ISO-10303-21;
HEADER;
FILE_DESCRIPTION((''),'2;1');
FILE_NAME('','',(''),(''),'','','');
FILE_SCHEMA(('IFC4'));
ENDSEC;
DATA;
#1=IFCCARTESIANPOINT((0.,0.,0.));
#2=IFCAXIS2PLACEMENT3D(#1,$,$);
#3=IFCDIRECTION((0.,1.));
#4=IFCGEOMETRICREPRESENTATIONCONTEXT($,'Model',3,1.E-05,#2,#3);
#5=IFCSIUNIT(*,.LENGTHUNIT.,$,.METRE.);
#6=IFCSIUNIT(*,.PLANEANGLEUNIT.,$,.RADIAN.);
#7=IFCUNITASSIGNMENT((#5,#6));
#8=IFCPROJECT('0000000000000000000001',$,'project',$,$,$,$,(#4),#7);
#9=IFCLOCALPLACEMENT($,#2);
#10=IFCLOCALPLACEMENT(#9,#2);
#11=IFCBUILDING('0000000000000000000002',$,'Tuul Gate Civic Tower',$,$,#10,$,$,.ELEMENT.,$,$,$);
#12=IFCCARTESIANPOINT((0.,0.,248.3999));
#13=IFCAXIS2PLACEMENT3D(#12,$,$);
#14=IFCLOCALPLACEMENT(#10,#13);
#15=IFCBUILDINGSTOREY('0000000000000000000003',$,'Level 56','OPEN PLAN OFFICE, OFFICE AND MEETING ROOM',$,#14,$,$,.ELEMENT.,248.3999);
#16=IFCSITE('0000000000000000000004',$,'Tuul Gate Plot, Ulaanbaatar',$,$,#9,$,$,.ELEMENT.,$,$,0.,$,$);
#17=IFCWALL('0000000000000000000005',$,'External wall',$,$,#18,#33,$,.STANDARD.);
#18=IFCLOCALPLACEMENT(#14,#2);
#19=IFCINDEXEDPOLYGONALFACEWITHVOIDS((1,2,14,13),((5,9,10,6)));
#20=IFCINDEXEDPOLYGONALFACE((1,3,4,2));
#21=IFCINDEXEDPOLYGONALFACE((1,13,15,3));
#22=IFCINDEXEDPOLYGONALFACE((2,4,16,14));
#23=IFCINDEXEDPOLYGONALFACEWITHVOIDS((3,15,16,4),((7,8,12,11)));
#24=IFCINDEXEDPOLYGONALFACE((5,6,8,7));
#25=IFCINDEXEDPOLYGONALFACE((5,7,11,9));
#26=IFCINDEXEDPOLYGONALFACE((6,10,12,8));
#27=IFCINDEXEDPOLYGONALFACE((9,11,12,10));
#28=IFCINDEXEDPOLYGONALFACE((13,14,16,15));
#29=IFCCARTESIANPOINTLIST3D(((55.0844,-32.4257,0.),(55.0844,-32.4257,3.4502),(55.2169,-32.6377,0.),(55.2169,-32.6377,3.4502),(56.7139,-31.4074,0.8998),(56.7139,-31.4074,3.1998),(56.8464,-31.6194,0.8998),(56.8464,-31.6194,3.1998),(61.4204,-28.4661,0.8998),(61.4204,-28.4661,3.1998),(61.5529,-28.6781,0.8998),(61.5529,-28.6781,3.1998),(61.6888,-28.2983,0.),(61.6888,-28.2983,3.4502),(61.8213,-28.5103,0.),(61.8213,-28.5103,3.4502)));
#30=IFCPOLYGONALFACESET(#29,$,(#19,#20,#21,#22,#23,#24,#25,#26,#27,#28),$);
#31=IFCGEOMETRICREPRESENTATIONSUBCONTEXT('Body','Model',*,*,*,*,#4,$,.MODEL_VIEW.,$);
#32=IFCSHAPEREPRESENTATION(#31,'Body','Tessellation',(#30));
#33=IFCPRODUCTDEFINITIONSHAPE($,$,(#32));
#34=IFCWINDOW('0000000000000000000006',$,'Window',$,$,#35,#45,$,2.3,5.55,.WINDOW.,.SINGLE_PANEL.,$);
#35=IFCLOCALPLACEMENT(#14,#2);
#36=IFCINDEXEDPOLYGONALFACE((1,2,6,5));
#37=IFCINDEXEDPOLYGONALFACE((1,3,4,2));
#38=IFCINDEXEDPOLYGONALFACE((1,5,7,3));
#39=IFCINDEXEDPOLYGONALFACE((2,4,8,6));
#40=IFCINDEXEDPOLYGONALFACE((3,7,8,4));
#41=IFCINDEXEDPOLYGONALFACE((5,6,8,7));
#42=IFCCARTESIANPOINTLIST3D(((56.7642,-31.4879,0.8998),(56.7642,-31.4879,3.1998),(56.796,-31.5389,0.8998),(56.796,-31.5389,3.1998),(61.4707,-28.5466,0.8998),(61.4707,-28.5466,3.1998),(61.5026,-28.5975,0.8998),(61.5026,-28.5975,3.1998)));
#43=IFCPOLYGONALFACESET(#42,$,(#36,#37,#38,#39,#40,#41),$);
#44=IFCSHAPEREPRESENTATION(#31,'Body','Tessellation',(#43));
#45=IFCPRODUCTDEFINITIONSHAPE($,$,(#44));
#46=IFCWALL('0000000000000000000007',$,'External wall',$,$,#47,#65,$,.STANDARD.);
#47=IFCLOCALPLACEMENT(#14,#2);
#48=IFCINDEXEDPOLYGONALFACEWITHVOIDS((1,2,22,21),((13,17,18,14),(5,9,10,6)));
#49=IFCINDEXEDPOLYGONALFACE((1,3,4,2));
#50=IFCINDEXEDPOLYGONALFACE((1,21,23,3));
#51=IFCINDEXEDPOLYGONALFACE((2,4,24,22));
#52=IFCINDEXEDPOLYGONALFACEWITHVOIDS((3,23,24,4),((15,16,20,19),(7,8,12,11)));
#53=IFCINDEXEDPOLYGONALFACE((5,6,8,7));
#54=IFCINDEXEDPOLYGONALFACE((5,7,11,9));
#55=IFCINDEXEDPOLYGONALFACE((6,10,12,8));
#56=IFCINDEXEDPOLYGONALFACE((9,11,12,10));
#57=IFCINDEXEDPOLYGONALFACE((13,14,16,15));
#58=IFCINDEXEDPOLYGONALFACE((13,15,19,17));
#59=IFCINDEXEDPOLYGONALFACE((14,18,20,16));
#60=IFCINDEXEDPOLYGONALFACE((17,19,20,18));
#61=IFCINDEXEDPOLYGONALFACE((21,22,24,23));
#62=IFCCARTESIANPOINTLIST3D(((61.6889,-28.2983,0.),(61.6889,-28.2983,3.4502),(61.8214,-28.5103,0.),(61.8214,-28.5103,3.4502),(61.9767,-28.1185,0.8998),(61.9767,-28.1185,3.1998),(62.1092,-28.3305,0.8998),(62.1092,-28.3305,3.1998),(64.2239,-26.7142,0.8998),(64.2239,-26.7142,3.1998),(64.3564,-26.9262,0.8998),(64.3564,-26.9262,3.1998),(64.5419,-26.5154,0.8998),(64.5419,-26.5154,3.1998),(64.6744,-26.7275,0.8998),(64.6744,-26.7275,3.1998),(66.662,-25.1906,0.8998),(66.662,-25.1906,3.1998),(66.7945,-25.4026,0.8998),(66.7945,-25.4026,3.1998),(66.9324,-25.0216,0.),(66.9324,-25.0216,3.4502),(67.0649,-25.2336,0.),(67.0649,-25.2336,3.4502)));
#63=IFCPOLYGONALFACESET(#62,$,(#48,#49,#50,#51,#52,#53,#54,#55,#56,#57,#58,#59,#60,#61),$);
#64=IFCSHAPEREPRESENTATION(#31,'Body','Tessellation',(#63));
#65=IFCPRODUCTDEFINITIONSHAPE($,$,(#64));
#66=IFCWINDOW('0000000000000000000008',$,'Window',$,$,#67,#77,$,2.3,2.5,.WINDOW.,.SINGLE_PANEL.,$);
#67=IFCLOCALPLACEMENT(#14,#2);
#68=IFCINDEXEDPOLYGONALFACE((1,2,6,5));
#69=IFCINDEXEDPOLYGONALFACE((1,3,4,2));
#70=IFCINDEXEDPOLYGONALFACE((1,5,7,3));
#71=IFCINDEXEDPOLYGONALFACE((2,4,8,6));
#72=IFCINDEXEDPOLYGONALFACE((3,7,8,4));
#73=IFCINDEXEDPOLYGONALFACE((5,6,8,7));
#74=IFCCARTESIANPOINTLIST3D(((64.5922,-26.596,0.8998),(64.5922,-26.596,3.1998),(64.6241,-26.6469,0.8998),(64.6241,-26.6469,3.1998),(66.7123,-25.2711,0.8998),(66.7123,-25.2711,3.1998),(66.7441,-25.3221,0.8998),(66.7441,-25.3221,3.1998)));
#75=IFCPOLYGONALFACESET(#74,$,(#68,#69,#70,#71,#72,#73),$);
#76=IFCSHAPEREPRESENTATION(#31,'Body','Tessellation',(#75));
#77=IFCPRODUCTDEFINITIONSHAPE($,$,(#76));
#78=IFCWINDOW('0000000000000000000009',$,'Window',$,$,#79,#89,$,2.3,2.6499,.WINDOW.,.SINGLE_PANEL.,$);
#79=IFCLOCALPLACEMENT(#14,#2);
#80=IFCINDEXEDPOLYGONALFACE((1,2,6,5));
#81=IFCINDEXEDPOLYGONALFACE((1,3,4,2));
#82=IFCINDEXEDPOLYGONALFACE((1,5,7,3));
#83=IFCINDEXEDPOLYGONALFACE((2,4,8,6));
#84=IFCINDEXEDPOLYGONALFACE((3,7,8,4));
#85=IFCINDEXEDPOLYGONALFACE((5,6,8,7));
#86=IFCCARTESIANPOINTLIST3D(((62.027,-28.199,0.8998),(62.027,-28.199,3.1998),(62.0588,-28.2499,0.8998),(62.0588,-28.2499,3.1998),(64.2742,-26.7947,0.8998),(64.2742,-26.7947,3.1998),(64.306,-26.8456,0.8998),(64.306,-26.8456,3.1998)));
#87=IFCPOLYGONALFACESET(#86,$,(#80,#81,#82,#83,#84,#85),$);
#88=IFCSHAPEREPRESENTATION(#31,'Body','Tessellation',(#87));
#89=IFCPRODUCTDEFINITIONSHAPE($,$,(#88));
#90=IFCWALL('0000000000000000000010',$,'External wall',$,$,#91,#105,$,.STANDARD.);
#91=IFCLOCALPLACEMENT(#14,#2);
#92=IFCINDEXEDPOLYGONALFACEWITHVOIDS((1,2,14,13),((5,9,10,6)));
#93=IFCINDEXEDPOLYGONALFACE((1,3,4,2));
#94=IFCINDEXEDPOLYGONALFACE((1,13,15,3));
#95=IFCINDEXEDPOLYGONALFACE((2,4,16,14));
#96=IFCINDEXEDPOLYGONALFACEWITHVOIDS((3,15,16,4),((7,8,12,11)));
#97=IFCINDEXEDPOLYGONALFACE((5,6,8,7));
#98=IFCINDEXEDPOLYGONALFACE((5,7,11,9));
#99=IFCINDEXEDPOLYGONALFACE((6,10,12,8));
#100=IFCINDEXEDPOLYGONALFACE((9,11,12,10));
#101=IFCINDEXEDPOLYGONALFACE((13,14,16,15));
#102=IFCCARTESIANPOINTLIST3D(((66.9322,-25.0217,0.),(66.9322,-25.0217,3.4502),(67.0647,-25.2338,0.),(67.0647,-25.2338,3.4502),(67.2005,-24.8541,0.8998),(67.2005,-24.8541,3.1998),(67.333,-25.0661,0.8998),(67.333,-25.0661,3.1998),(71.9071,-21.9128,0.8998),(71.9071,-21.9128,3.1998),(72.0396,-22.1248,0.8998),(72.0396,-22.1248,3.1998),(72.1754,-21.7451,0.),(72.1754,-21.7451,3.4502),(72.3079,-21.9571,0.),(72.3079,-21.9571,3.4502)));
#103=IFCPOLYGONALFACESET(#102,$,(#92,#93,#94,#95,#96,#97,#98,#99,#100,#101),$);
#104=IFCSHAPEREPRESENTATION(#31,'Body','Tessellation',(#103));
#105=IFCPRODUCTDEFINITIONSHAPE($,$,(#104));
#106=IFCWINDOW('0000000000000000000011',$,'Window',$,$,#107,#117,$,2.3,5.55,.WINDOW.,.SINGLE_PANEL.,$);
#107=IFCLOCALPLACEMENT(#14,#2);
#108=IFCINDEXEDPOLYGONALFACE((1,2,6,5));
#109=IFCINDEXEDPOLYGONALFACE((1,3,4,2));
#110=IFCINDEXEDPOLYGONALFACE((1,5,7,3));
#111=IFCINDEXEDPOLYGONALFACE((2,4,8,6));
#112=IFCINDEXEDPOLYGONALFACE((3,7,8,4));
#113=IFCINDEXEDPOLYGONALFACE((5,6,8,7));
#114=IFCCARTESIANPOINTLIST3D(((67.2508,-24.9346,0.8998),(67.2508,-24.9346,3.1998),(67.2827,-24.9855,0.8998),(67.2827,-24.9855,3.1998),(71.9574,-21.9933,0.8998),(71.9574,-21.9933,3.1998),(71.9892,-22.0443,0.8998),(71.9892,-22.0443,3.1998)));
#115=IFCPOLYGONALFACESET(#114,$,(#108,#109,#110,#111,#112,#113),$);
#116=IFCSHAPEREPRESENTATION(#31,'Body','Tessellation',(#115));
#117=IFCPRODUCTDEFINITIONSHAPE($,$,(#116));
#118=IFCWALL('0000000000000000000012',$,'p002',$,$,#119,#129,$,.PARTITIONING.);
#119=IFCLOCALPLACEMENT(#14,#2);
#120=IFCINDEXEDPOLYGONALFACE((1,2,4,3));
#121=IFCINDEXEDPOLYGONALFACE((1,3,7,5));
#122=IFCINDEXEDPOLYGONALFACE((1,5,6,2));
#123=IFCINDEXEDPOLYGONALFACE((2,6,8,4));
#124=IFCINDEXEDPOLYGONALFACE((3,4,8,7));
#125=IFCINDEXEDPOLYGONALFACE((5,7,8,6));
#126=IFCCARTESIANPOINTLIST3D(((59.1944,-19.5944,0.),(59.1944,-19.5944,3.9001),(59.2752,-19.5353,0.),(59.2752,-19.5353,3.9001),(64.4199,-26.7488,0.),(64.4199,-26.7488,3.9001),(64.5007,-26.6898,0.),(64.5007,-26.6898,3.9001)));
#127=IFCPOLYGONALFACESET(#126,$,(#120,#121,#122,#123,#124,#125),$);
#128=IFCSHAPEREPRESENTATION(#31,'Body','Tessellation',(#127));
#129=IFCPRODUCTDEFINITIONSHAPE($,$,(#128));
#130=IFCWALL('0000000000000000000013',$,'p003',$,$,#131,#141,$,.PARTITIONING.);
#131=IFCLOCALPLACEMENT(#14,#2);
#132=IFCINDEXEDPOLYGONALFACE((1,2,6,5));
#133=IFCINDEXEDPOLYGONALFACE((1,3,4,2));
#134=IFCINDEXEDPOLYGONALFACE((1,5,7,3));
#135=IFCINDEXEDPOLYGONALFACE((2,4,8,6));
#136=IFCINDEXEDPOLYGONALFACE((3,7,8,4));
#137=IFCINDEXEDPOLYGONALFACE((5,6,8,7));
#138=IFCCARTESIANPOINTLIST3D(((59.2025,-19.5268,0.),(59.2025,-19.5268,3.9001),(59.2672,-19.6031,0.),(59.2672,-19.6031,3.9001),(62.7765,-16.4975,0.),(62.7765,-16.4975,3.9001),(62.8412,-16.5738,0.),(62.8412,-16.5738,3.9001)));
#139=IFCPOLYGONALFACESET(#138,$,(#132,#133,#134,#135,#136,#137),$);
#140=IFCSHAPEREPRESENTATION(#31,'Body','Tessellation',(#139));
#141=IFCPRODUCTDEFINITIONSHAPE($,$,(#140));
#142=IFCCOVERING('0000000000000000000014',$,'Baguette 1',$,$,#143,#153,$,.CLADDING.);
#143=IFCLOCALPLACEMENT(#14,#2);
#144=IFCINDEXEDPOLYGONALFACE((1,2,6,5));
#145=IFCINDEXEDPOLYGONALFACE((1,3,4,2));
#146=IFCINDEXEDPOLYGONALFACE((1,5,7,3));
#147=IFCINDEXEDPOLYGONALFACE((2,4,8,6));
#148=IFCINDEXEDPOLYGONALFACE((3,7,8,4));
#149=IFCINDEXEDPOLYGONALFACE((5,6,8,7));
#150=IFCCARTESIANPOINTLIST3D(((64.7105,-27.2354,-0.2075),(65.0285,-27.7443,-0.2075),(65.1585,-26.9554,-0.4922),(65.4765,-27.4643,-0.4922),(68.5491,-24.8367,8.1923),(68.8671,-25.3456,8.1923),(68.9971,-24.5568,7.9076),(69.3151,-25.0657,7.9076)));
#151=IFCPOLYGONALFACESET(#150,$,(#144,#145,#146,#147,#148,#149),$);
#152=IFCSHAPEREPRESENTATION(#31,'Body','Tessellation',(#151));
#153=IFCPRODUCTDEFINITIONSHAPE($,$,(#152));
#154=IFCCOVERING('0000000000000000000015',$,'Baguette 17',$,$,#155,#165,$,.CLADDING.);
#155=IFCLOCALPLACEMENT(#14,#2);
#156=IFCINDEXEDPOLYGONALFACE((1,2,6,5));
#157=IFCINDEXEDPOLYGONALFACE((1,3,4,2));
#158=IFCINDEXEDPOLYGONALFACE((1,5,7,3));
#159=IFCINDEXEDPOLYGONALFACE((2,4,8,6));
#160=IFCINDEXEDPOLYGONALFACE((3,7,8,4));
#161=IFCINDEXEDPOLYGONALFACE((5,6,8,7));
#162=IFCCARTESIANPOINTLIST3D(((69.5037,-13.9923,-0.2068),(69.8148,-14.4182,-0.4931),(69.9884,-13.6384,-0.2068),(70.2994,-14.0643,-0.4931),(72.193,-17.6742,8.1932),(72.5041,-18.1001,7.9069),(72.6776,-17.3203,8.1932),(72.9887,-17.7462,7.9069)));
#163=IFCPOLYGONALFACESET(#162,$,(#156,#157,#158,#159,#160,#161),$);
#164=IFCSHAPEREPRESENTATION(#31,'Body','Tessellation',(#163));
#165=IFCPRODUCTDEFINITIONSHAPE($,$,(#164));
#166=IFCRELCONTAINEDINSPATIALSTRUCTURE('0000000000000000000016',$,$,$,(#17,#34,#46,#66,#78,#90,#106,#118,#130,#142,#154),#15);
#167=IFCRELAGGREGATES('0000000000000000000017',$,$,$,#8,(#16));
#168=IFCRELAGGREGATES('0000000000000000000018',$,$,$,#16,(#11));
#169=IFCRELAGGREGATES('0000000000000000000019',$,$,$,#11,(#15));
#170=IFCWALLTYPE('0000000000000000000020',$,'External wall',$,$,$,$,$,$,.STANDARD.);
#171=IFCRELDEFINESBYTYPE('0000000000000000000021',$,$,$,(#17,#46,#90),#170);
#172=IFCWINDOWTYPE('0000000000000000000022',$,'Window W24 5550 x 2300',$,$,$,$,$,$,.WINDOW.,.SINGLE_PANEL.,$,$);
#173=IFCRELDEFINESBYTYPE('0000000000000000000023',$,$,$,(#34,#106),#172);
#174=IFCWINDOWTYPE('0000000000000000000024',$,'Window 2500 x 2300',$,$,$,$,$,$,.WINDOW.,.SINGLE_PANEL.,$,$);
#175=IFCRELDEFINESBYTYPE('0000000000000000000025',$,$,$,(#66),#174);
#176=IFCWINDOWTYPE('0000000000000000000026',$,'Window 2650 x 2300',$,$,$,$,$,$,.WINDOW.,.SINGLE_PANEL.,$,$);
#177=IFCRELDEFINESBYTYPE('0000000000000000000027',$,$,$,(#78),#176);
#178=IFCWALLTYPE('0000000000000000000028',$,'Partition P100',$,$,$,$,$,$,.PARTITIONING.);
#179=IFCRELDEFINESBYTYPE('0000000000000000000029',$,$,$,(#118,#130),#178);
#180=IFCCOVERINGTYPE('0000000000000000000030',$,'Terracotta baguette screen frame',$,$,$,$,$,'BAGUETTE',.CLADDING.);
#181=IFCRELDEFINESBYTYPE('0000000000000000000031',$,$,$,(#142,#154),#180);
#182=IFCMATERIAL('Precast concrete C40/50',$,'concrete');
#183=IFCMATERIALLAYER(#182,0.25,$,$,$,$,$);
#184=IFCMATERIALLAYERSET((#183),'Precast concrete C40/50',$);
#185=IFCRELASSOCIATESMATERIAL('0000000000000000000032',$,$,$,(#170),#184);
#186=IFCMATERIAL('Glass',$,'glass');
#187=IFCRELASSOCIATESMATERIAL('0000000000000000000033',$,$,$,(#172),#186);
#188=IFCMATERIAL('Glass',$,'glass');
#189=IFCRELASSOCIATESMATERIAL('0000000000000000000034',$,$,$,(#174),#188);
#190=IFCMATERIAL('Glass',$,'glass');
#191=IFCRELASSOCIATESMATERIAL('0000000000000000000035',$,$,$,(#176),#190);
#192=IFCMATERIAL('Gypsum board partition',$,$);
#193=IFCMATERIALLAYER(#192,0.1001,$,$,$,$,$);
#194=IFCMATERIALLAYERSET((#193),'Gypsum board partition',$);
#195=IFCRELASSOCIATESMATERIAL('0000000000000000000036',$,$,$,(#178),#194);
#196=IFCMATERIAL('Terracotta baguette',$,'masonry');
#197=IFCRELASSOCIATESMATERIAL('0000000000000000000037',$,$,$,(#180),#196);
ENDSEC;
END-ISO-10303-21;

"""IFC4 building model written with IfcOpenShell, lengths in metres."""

from ifc_helpers import new_model, si_unit, direction, frame, frame_2d, origin, origin_2d, place, context, subcontext, project, spatial, rectangle, extrude, material, layer, layer_set, material_profile, profile_set, type_object, element, fill, save


model = new_model("IFC4")

# Units and contexts
model_context = context("Model", 3, precision=1e-05, world=origin(), true_north=direction((0.0, 1.0)))
body_context = subcontext(model_context, "Body", "Model", "MODEL_VIEW")
ifc_project = project(units=[si_unit("LENGTHUNIT", "METRE"), si_unit("PLANEANGLEUNIT", "RADIAN")], contexts=[model_context])

# Site, building, storey
site_placement = place(None, origin())
site = spatial("IfcSite", under=ifc_project, at=site_placement, Name="Tuul Gate Plot, Ulaanbaatar", CompositionType="ELEMENT", RefElevation=0.0)
building_placement = place(site_placement, origin())
building = spatial("IfcBuilding", under=site, at=building_placement, Name="Tuul Gate Civic Tower", CompositionType="ELEMENT")
storey_placement = place(building_placement, frame((0.0, 0.0, 248.3999)))
storey = spatial("IfcBuildingStorey", under=building, at=storey_placement, Name="Level 56", Description="OPEN PLAN OFFICE, OFFICE AND MEETING ROOM", CompositionType="ELEMENT", Elevation=248.3999)

# Shared definitions
ifc_material_1 = material(Name="Precast concrete C40/50", Category="concrete")
ifc_layer_1 = layer(ifc_material_1, 0.25)
ifc_layer_set_1 = layer_set([ifc_layer_1], Name="Precast concrete C40/50")
wall_type_1 = type_object("IfcWallType", Name="External wall", PredefinedType="STANDARD", material=ifc_layer_set_1)

# Wall, opening, window
wall_1_placement = place(storey_placement, frame((55.1506, -32.5317, 0.0), z_axis=(0.0, 0.0, 1.0), x_axis=(0.848019, 0.529965, 0.0)))
wall_1 = element("IfcWall", 1, at=wall_1_placement, inside=storey, type_object=wall_type_1, Name="External wall", PredefinedType="STANDARD", context=body_context, shape_type="SweptSolid", body=[
    extrude(rectangle(XDim=7.7881, YDim=0.25, at=frame_2d((3.894, 0.0))), origin(), (0.0, 0.0, 1.0), 3.4502),
])
opening_1_placement = place(wall_1_placement, frame((1.9216, 0.0, 0.8999)))
opening_1 = element("IfcOpeningElement", 2, at=opening_1_placement, cuts=wall_1, PredefinedType="OPENING", context=body_context, shape_type="SweptSolid", body=[
    extrude(rectangle(XDim=5.55, YDim=2.3, at=frame_2d((2.7749, 1.1499))), frame((0.0, 0.135, 0.0), z_axis=(0.0, -1.0, 0.0), x_axis=(1.0, 0.0, 0.0)), (0.0, 0.0, 1.0), 0.27),
])
ifc_material_2 = material(Name="Glass", Category="glass")
window_type_1 = type_object("IfcWindowType", Name="Window W24 5550 x 2300", PartitioningType="SINGLE_PANEL", PredefinedType="WINDOW", material=ifc_material_2)
window_1_placement = place(opening_1_placement, origin())
window_1 = element("IfcWindow", 3, at=window_1_placement, inside=storey, type_object=window_type_1, Name="Window", OverallHeight=2.3, OverallWidth=5.55, PartitioningType="SINGLE_PANEL", PredefinedType="WINDOW", context=body_context, shape_type="SweptSolid", body=[
    extrude(rectangle(XDim=5.55, YDim=2.3, at=frame_2d((2.7749, 1.1499))), frame((0.0, 0.03, 0.0), z_axis=(0.0, -1.0, 0.0), x_axis=(1.0, 0.0, 0.0)), (0.0, 0.0, 1.0), 0.0601),
])
fill(opening_1, window_1)

# Wall, openings, windows
wall_2_placement = place(storey_placement, frame((61.7551, -28.4043, 0.0), z_axis=(0.0, 0.0, 1.0), x_axis=(0.848036, 0.529939, 0.0)))
wall_2 = element("IfcWall", 4, at=wall_2_placement, inside=storey, type_object=wall_type_1, Name="External wall", PredefinedType="STANDARD", context=body_context, shape_type="SweptSolid", body=[
    extrude(rectangle(XDim=6.1831, YDim=0.25, at=frame_2d((3.0916, 0.0))), origin(), (0.0, 0.0, 1.0), 3.4502),
])
opening_2_placement = place(wall_2_placement, frame((0.3394, 0.0, 0.8999)))
opening_2 = element("IfcOpeningElement", 5, at=opening_2_placement, cuts=wall_2, PredefinedType="OPENING", context=body_context, shape_type="SweptSolid", body=[
    extrude(rectangle(XDim=2.6499, YDim=2.3, at=frame_2d((1.325, 1.1499))), frame((0.0, 0.135, 0.0), z_axis=(0.0, -1.0, 0.0), x_axis=(1.0, 0.0, 0.0)), (0.0, 0.0, 1.0), 0.27),
])
opening_3_placement = place(wall_2_placement, frame((3.3643, 0.0, 0.8999)))
opening_3 = element("IfcOpeningElement", 6, at=opening_3_placement, cuts=wall_2, PredefinedType="OPENING", context=body_context, shape_type="SweptSolid", body=[
    extrude(rectangle(XDim=2.5, YDim=2.3, at=frame_2d((1.25, 1.1499))), frame((0.0, 0.135, 0.0), z_axis=(0.0, -1.0, 0.0), x_axis=(1.0, 0.0, 0.0)), (0.0, 0.0, 1.0), 0.27),
])
ifc_material_3 = material(Name="Glass", Category="glass")
window_type_2 = type_object("IfcWindowType", Name="Window 2500 x 2300", PartitioningType="SINGLE_PANEL", PredefinedType="WINDOW", material=ifc_material_3)
window_2_placement = place(opening_3_placement, origin())
window_2 = element("IfcWindow", 7, at=window_2_placement, inside=storey, type_object=window_type_2, Name="Window", OverallHeight=2.3, OverallWidth=2.5, PartitioningType="SINGLE_PANEL", PredefinedType="WINDOW", context=body_context, shape_type="SweptSolid", body=[
    extrude(rectangle(XDim=2.5, YDim=2.3, at=frame_2d((1.25, 1.1499))), frame((0.0, 0.03, 0.0), z_axis=(0.0, -1.0, 0.0), x_axis=(1.0, 0.0, 0.0)), (0.0, 0.0, 1.0), 0.0601),
])
fill(opening_3, window_2)
ifc_material_4 = material(Name="Glass", Category="glass")
window_type_3 = type_object("IfcWindowType", Name="Window 2650 x 2300", PartitioningType="SINGLE_PANEL", PredefinedType="WINDOW", material=ifc_material_4)
window_3_placement = place(opening_2_placement, origin())
window_3 = element("IfcWindow", 8, at=window_3_placement, inside=storey, type_object=window_type_3, Name="Window", OverallHeight=2.3, OverallWidth=2.6499, PartitioningType="SINGLE_PANEL", PredefinedType="WINDOW", context=body_context, shape_type="SweptSolid", body=[
    extrude(rectangle(XDim=2.6499, YDim=2.3, at=frame_2d((1.325, 1.1499))), frame((0.0, 0.03, 0.0), z_axis=(0.0, -1.0, 0.0), x_axis=(1.0, 0.0, 0.0)), (0.0, 0.0, 1.0), 0.0601),
])
fill(opening_2, window_3)

# Wall, opening, window
wall_3_placement = place(storey_placement, frame((66.9985, -25.1277, 0.0), z_axis=(0.0, 0.0, 1.0), x_axis=(0.848025, 0.529956, 0.0)))
wall_3 = element("IfcWall", 9, at=wall_3_placement, inside=storey, type_object=wall_type_1, Name="External wall", PredefinedType="STANDARD", context=body_context, shape_type="SweptSolid", body=[
    extrude(rectangle(XDim=6.1829, YDim=0.25, at=frame_2d((3.0913, 0.0))), origin(), (0.0, 0.0, 1.0), 3.4502),
])
opening_4_placement = place(wall_3_placement, frame((0.3164, 0.0, 0.8999)))
opening_4 = element("IfcOpeningElement", 10, at=opening_4_placement, cuts=wall_3, PredefinedType="OPENING", context=body_context, shape_type="SweptSolid", body=[
    extrude(rectangle(XDim=5.55, YDim=2.3, at=frame_2d((2.7749, 1.1499))), frame((0.0, 0.135, 0.0), z_axis=(0.0, -1.0, 0.0), x_axis=(1.0, 0.0, 0.0)), (0.0, 0.0, 1.0), 0.27),
])
window_4_placement = place(opening_4_placement, origin())
window_4 = element("IfcWindow", 11, at=window_4_placement, inside=storey, type_object=window_type_1, Name="Window", OverallHeight=2.3, OverallWidth=5.55, PartitioningType="SINGLE_PANEL", PredefinedType="WINDOW", context=body_context, shape_type="SweptSolid", body=[
    extrude(rectangle(XDim=5.55, YDim=2.3, at=frame_2d((2.7749, 1.1499))), frame((0.0, 0.03, 0.0), z_axis=(0.0, -1.0, 0.0), x_axis=(1.0, 0.0, 0.0)), (0.0, 0.0, 1.0), 0.0601),
])
fill(opening_4, window_4)

# Walls
ifc_material_5 = material(Name="Gypsum board partition")
ifc_layer_2 = layer(ifc_material_5, 0.1001)
ifc_layer_set_2 = layer_set([ifc_layer_2], Name="Gypsum board partition")
wall_type_2 = type_object("IfcWallType", Name="Partition P100", PredefinedType="PARTITIONING", material=ifc_layer_set_2)
wall_4_placement = place(storey_placement, frame((59.2349, -19.5649, 0.0), z_axis=(0.0, 0.0, 1.0), x_axis=(0.589816, -0.807538, 0.0)))
element("IfcWall", 12, at=wall_4_placement, inside=storey, type_object=wall_type_2, Name="p002", PredefinedType="PARTITIONING", context=body_context, shape_type="SweptSolid", body=[
    extrude(rectangle(XDim=8.8596, YDim=0.1001, at=frame_2d((4.4297, 0.0))), origin(), (0.0, 0.0, 1.0), 3.9001),
])
wall_5_placement = place(storey_placement, frame((59.2349, -19.5649, 0.0), z_axis=(0.0, 0.0, 1.0), x_axis=(0.762842, 0.646584, 0.0)))
element("IfcWall", 13, at=wall_5_placement, inside=storey, type_object=wall_type_2, Name="p003", PredefinedType="PARTITIONING", context=body_context, shape_type="SweptSolid", body=[
    extrude(rectangle(XDim=4.6851, YDim=0.1001, at=frame_2d((2.3425, 0.0))), origin(), (0.0, 0.0, 1.0), 3.9001),
])

# Coverings
ifc_material_6 = material(Name="Terracotta baguette", Category="masonry")
ifc_material_profile_1 = material_profile(ifc_material_6, rectangle(XDim=0.6001, YDim=0.6001, at=origin_2d()), Name="Terracotta baguette screen frame")
ifc_profile_set_1 = profile_set([ifc_material_profile_1], Name="Terracotta baguette")
covering_type = type_object("IfcCoveringType", Name="Terracotta baguette screen frame", ElementType="BAGUETTE", PredefinedType="CLADDING", material=ifc_profile_set_1)
covering_1_placement = place(storey_placement, frame((65.0935, -27.3499, -0.3499), z_axis=(0.402293, 0.251385, 0.880321), x_axis=(-0.529926, 0.848044, 0.0)))
element("IfcCovering", 14, at=covering_1_placement, inside=storey, type_object=covering_type, Name="Baguette 1", PredefinedType="CLADDING", context=body_context, shape_type="SweptSolid", body=[
    extrude(rectangle(XDim=0.6001, YDim=0.6001, at=origin_2d()), origin(), (0.0, 0.0, 1.0), 9.5417),
])
covering_2_placement = place(storey_placement, frame((72.5908, -17.7102, 8.05), z_axis=(-0.281371, 0.385234, -0.878877), x_axis=(-0.807537, -0.589817, 0.0)))
element("IfcCovering", 15, at=covering_2_placement, inside=storey, type_object=covering_type, Name="Baguette 17", PredefinedType="CLADDING", context=body_context, shape_type="SweptSolid", body=[
    extrude(rectangle(XDim=0.6001, YDim=0.6001, at=origin_2d()), origin(), (0.0, 0.0, 1.0), 9.5576),
])

save(model, "model.ifc")
